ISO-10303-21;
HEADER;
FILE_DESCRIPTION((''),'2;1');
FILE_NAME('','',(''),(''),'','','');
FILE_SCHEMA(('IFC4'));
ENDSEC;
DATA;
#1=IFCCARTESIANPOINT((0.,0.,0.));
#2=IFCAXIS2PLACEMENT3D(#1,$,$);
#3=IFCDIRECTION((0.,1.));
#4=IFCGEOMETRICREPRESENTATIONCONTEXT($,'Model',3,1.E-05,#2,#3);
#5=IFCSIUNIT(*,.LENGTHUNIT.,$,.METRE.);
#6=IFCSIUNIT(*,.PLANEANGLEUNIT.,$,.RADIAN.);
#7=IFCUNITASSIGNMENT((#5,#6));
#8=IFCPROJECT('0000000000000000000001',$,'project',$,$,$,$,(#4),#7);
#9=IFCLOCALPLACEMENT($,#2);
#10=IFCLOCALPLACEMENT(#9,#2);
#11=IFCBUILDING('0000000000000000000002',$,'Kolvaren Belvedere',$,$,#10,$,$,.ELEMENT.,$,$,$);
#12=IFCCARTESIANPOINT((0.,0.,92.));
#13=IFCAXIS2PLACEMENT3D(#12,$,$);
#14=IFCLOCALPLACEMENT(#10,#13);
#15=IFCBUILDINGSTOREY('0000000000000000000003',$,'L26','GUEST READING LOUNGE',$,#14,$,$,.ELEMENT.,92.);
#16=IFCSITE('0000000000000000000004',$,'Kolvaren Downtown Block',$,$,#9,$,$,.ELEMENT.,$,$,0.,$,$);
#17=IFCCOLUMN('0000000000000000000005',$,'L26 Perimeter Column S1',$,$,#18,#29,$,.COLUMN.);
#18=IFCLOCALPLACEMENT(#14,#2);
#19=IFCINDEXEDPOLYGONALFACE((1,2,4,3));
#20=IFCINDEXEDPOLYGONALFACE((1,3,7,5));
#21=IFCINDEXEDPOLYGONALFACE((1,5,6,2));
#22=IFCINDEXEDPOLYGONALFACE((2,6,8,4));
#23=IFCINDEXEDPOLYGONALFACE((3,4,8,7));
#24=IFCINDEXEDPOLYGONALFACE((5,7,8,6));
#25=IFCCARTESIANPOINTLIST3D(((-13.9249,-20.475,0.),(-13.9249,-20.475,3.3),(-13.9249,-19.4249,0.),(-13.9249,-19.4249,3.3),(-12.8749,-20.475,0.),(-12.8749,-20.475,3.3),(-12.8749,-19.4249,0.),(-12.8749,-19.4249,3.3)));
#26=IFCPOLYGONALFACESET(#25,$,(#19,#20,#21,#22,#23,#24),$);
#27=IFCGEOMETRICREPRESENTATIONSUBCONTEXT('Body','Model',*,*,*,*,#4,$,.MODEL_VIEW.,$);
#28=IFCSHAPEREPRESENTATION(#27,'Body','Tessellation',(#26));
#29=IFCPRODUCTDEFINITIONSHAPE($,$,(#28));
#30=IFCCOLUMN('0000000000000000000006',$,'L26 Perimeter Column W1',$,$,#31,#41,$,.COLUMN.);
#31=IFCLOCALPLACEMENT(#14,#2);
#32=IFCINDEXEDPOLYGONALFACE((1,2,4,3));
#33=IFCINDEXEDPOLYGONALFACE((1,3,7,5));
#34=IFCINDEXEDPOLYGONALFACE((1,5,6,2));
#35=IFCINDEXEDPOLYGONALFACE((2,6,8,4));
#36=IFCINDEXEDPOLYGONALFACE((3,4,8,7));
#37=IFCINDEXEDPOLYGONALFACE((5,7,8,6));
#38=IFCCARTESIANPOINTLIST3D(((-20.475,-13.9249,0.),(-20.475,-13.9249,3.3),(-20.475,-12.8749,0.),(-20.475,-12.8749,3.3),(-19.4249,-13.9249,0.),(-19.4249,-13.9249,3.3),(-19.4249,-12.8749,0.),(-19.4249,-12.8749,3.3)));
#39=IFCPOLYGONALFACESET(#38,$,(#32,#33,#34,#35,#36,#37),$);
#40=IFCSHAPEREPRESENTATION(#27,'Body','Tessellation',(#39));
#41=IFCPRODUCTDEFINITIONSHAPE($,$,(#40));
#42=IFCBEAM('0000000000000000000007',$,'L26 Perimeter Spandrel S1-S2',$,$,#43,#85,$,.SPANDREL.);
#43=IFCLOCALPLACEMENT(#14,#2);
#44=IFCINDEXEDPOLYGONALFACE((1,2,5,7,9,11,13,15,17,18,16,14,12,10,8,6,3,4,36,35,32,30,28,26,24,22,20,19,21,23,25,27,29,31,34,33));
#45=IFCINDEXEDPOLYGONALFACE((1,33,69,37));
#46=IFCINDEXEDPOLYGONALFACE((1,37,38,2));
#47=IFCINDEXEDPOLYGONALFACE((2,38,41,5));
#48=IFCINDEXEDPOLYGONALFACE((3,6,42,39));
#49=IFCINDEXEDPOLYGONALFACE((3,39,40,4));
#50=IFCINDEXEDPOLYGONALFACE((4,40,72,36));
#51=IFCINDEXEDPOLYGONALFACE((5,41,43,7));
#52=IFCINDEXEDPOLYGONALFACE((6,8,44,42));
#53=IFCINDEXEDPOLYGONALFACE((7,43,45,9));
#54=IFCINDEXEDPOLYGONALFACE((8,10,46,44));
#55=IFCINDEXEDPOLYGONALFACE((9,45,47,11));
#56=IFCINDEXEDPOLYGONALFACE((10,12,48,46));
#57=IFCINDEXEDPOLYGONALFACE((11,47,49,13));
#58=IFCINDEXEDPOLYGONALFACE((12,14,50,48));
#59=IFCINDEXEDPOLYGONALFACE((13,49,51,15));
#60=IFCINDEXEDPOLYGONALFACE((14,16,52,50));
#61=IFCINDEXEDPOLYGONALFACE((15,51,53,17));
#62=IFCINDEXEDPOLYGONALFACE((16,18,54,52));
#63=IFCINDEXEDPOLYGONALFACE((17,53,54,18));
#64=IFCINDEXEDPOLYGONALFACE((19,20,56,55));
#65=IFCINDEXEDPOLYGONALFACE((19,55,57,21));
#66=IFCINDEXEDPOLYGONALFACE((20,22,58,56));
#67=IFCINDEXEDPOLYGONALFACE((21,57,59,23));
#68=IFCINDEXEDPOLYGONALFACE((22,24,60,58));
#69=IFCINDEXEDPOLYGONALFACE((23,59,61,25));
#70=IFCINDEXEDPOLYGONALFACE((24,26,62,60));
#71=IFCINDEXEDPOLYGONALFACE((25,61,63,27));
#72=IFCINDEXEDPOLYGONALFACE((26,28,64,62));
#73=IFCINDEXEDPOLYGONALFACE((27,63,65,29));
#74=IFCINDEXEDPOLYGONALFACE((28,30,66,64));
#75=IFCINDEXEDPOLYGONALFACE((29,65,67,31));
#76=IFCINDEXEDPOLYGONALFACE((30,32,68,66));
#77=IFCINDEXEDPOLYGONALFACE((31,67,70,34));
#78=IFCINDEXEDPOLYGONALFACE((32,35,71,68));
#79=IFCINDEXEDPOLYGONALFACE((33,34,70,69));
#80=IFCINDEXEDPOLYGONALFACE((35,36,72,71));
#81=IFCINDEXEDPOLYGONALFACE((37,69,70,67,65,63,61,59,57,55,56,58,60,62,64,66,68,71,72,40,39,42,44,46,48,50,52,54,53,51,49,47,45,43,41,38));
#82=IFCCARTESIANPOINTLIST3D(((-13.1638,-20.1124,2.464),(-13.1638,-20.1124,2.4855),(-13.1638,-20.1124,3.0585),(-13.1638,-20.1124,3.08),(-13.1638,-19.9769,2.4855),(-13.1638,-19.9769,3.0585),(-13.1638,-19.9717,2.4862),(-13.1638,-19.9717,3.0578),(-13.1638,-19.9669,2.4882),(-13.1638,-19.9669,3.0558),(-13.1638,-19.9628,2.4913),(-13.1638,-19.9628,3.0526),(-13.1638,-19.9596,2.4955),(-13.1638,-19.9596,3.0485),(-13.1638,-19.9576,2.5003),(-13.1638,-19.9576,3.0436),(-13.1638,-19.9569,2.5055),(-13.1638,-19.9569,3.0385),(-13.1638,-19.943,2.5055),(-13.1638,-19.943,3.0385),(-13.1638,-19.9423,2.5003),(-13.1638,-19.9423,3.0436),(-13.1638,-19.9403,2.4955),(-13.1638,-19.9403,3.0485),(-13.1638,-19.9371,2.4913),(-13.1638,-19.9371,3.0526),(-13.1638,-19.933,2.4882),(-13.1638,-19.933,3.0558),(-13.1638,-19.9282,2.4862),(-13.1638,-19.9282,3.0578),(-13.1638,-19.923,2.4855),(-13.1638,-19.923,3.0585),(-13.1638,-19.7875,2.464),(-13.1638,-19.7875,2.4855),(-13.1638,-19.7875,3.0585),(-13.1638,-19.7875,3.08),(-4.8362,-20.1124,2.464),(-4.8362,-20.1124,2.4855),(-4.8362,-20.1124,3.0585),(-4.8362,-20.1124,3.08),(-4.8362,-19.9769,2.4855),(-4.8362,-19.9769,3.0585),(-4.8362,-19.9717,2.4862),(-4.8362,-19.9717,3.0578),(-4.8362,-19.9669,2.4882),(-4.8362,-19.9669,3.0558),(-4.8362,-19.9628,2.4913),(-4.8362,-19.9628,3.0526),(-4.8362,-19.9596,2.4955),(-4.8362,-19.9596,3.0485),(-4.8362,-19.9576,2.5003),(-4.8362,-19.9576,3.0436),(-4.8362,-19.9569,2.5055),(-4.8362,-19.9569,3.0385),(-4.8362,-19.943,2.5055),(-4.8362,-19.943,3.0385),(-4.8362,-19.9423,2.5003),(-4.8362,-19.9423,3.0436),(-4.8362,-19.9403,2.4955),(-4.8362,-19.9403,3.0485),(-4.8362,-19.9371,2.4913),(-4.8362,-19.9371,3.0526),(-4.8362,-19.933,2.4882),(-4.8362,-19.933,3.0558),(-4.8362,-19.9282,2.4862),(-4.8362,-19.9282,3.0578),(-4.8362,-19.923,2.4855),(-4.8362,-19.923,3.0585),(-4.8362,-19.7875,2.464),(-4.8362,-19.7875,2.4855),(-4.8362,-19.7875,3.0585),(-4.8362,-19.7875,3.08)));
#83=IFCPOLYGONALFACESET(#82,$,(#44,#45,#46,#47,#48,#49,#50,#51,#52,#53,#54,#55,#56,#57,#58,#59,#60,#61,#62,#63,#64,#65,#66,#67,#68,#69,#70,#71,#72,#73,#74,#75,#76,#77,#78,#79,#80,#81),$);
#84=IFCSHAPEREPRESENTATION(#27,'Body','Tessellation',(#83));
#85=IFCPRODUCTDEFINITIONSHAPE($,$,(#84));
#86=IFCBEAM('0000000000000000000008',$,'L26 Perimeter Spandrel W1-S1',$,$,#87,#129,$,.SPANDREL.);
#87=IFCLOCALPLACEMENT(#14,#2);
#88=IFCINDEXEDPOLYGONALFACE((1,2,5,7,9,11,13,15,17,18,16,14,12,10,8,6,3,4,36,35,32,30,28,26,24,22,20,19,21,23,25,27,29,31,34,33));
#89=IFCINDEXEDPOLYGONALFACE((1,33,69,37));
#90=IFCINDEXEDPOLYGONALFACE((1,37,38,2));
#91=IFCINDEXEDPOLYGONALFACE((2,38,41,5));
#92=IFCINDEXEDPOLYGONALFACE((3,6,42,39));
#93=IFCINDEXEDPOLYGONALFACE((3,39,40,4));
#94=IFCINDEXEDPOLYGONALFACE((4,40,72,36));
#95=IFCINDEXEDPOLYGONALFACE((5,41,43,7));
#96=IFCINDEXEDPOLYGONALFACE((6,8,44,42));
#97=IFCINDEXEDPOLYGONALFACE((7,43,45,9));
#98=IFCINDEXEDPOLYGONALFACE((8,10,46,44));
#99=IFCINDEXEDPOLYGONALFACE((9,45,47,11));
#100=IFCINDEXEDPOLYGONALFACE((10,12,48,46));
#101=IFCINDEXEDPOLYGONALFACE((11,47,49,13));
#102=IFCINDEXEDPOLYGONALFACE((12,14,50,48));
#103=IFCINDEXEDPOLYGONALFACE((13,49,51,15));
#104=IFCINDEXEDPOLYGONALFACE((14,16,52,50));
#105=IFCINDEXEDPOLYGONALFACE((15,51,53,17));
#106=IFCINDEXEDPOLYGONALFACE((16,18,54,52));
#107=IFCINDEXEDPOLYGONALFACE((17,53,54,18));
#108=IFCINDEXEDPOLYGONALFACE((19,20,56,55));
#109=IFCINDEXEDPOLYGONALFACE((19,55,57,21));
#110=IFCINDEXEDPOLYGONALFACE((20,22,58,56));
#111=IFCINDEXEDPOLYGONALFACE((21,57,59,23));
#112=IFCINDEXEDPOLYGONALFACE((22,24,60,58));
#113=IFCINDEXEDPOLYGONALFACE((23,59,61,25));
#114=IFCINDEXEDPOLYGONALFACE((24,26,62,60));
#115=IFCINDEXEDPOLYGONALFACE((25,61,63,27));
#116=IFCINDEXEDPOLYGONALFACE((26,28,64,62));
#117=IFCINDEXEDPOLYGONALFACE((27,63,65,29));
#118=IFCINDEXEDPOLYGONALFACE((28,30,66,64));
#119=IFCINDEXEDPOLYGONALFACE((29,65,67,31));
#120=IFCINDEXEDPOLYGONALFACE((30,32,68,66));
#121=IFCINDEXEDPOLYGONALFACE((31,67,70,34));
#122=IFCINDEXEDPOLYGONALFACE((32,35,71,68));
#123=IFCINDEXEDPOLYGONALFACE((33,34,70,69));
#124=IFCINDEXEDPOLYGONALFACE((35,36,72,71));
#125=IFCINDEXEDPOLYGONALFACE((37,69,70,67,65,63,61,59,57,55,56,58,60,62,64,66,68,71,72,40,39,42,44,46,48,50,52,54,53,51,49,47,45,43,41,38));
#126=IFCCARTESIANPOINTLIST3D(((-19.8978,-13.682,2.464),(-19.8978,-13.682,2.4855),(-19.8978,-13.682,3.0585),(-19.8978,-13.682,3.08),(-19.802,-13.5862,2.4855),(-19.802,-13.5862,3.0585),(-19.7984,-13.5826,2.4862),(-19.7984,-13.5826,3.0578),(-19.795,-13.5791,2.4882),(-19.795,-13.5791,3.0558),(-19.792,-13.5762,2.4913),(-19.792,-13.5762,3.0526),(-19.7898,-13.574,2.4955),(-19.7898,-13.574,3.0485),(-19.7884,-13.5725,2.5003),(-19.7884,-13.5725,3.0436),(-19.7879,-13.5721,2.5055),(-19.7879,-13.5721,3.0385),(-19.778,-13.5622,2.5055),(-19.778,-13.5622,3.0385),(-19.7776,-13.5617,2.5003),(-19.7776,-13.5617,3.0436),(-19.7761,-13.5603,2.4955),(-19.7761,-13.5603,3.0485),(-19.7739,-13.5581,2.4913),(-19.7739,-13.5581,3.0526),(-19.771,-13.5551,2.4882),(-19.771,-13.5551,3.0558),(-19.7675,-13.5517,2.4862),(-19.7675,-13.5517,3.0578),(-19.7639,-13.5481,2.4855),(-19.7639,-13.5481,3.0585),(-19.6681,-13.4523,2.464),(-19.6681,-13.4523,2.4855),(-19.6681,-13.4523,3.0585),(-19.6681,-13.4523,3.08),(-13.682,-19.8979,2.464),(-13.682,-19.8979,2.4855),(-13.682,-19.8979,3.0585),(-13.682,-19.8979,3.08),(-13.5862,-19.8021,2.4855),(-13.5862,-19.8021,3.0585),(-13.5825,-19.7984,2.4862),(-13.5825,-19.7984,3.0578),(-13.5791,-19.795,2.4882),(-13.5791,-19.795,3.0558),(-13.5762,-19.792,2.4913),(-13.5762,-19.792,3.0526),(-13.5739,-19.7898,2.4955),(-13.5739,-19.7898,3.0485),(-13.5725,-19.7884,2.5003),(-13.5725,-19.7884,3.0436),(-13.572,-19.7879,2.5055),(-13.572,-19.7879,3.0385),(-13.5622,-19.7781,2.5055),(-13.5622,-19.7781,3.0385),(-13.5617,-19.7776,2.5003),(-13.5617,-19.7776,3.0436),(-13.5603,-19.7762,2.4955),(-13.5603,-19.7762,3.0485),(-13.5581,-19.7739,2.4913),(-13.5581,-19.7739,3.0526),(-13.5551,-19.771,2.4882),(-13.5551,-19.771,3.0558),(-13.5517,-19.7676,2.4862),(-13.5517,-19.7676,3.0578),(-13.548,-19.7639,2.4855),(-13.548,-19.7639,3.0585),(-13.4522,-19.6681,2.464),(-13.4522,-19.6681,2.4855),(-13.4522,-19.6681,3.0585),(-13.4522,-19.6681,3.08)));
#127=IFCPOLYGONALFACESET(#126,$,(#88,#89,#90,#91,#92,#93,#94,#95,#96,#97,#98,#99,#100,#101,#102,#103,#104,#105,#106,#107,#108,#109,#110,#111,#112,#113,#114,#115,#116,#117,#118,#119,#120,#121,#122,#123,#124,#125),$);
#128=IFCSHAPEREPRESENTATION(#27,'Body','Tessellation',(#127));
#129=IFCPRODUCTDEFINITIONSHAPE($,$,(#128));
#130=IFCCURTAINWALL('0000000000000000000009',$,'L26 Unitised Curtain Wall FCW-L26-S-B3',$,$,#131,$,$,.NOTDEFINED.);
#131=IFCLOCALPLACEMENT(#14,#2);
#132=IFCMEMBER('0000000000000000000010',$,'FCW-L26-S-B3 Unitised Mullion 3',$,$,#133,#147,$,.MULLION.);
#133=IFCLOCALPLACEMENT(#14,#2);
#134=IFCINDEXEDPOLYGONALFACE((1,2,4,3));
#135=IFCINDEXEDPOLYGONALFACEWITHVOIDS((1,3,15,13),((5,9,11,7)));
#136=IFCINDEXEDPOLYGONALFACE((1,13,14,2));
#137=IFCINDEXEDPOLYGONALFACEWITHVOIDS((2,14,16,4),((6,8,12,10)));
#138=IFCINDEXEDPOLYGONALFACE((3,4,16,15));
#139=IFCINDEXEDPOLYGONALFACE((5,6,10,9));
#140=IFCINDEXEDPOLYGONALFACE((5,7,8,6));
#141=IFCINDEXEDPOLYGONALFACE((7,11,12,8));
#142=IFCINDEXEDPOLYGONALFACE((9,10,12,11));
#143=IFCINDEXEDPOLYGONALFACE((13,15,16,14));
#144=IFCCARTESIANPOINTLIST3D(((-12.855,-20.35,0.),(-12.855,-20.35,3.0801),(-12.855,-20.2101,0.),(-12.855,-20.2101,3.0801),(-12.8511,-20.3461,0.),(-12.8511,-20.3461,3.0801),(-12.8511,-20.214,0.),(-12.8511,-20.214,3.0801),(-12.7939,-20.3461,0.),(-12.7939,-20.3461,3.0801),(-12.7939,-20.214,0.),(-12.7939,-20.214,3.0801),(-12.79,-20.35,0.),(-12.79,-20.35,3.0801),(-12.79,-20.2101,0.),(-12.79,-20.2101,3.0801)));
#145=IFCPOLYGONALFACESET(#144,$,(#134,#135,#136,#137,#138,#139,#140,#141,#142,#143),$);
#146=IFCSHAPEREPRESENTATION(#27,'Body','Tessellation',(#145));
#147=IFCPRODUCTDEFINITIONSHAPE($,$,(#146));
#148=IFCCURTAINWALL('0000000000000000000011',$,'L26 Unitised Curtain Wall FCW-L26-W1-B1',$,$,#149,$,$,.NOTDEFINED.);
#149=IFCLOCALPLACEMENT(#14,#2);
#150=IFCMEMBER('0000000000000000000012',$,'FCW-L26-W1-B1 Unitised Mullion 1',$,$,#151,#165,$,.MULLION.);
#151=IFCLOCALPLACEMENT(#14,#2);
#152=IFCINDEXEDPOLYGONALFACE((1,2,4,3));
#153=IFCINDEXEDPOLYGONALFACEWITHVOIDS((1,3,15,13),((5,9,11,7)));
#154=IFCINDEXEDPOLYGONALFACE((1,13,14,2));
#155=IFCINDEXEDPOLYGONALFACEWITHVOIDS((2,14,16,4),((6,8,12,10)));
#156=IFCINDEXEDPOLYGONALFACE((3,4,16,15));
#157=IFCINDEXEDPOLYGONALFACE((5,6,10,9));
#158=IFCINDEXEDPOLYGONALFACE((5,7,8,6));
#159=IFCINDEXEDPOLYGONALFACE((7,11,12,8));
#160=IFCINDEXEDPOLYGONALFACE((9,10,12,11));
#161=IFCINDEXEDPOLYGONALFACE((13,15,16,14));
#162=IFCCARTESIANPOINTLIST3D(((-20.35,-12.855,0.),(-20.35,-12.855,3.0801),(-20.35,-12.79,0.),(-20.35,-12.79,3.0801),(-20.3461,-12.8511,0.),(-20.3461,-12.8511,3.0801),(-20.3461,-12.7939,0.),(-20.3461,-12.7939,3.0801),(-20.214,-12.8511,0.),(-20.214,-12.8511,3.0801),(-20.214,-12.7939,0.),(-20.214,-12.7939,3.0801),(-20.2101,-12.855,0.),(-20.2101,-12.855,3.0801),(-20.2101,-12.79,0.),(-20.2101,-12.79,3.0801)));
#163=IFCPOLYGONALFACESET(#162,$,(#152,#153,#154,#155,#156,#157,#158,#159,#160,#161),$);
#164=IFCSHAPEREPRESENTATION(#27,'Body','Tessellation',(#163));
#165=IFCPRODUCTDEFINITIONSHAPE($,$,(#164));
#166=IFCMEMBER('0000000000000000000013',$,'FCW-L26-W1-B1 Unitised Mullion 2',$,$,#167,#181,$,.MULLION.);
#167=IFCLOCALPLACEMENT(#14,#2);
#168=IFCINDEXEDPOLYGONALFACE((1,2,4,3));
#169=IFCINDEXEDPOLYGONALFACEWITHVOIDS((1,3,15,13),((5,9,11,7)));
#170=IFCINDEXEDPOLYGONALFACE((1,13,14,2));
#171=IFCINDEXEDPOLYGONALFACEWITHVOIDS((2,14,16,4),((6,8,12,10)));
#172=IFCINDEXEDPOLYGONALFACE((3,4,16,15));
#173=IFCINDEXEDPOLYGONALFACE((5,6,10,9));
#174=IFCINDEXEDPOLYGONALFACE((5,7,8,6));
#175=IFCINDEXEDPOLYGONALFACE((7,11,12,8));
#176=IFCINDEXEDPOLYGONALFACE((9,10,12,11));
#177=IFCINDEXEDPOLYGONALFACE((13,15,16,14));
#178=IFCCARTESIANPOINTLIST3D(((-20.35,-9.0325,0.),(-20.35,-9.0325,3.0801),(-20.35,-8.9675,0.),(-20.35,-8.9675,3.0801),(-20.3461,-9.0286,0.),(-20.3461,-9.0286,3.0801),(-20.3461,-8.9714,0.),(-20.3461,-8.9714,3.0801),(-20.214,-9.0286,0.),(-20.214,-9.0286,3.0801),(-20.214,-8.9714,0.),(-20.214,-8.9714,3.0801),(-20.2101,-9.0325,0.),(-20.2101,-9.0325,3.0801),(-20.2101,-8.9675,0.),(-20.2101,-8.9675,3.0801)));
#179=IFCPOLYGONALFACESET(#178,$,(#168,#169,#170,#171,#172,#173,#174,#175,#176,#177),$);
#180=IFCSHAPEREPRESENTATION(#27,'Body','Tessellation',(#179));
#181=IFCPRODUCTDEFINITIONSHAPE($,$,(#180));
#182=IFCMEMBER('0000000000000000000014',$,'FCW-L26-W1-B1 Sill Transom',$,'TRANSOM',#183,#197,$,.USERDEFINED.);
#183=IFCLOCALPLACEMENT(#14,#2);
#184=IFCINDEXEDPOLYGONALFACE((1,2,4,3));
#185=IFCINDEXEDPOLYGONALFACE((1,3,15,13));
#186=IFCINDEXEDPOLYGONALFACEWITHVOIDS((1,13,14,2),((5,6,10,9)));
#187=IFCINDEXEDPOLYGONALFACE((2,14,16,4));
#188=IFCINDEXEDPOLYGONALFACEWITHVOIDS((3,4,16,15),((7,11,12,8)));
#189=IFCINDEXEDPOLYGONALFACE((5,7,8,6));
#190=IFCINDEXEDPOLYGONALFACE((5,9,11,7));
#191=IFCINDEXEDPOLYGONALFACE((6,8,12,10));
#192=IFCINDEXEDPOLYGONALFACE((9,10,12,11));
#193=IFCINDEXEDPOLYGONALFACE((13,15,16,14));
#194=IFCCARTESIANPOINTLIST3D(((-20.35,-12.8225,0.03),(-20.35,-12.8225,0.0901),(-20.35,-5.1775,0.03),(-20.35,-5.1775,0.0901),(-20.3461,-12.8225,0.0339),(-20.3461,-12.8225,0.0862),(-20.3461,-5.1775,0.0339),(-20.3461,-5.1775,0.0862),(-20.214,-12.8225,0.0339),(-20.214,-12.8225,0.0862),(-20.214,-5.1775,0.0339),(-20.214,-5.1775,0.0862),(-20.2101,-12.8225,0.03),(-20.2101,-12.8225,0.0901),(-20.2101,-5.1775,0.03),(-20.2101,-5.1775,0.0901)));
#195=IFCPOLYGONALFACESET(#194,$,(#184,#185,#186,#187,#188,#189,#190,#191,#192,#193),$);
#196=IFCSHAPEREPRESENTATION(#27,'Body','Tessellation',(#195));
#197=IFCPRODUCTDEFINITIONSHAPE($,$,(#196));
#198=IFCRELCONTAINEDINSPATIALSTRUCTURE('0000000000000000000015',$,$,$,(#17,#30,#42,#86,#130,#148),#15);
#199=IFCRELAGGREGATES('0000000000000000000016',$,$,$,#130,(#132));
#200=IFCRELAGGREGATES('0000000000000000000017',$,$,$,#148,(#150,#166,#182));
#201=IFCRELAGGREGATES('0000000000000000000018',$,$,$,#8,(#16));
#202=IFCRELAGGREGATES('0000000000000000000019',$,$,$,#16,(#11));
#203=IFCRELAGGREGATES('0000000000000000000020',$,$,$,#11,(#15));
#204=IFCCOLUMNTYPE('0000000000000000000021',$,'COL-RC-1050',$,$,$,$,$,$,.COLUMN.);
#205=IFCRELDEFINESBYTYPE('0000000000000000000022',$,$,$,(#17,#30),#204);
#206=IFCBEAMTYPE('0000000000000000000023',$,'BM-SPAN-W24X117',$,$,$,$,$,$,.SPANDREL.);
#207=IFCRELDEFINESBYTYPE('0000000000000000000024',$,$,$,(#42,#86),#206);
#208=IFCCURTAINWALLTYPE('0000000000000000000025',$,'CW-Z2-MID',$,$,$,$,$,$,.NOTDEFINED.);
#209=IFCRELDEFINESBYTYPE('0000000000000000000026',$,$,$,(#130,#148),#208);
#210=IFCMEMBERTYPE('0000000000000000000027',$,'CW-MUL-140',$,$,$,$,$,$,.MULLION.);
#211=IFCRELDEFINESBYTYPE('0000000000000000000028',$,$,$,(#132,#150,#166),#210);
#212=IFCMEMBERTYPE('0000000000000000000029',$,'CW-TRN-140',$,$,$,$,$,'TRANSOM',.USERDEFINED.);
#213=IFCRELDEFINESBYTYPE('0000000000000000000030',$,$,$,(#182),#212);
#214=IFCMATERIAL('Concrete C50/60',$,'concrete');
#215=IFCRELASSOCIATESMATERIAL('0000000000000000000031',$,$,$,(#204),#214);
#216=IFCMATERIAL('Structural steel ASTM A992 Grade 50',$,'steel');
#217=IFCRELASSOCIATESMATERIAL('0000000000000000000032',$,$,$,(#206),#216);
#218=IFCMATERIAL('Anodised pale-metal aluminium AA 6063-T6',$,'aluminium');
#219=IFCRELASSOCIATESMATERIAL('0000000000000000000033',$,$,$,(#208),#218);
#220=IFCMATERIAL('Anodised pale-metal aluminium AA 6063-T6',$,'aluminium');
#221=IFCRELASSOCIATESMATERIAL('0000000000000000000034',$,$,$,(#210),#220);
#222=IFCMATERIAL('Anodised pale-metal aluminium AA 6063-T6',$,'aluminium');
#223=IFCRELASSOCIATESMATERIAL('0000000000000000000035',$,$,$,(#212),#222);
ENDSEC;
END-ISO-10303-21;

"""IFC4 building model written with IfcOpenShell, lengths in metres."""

from ifc_helpers import new_model, si_unit, direction, frame, origin, origin_2d, place, context, subcontext, project, spatial, rectangle, hollow_rectangle, i_section, extrude, material, material_profile, profile_set, type_object, element, aggregate, save


model = new_model("IFC4")

# Units and contexts
model_context = context("Model", 3, precision=1e-05, world=origin(), true_north=direction((0.0, 1.0)))
body_context = subcontext(model_context, "Body", "Model", "MODEL_VIEW")
ifc_project = project(units=[si_unit("LENGTHUNIT", "METRE"), si_unit("PLANEANGLEUNIT", "RADIAN")], contexts=[model_context])

# Site, building, storey
site_placement = place(None, origin())
site = spatial("IfcSite", under=ifc_project, at=site_placement, Name="Kolvaren Downtown Block", CompositionType="ELEMENT", RefElevation=0.0)
building_placement = place(site_placement, origin())
building = spatial("IfcBuilding", under=site, at=building_placement, Name="Kolvaren Belvedere", CompositionType="ELEMENT")
storey_placement = place(building_placement, frame((0.0, 0.0, 92.0)))
storey = spatial("IfcBuildingStorey", under=building, at=storey_placement, Name="L26", Description="GUEST READING LOUNGE", CompositionType="ELEMENT", Elevation=92.0)

# Columns
ifc_material_1 = material(Name="Concrete C50/60", Category="concrete")
ifc_material_profile_1 = material_profile(ifc_material_1, rectangle(XDim=1.05, YDim=1.05, at=origin_2d()), Name="RC 1050X1050")
ifc_profile_set_1 = profile_set([ifc_material_profile_1], Name="Concrete C50/60")
column_type = type_object("IfcColumnType", Name="COL-RC-1050", PredefinedType="COLUMN", material=ifc_profile_set_1)
for number, where, z_axis, x_axis, name in (
    (1, (-13.3999, -19.95, 0.0), (0.0, 0.0, 1.0), (1.0, 0.0, 0.0), "L26 Perimeter Column S1"),
    (2, (-19.95, -13.3999, 0.0), (0.0, 0.0, 1.0), (1.0, 0.0, 0.0), "L26 Perimeter Column W1"),
):
    element("IfcColumn", number, at=place(storey_placement, frame(where, z_axis=z_axis, x_axis=x_axis)), inside=storey, type_object=column_type, Name=name, PredefinedType="COLUMN", context=body_context, shape_type="SweptSolid", body=[
        extrude(rectangle(XDim=1.05, YDim=1.05, at=origin_2d()), origin(), (0.0, 0.0, 1.0), 3.3),
    ])

# Beams
ifc_material_2 = material(Name="Structural steel ASTM A992 Grade 50", Category="steel")
ifc_material_profile_2 = material_profile(ifc_material_2, i_section(OverallWidth=0.325, OverallDepth=0.616, WebThickness=0.0139, FlangeThickness=0.0215, FilletRadius=0.02, at=origin_2d()), Name="W24X117")
ifc_profile_set_2 = profile_set([ifc_material_profile_2], Name="Structural steel ASTM A992 Grade 50")
beam_type = type_object("IfcBeamType", Name="BM-SPAN-W24X117", PredefinedType="SPANDREL", material=ifc_profile_set_2)
beam_1_placement = place(storey_placement, frame((-13.1638, -19.95, 2.772), z_axis=(1.0, 0.0, 0.0), x_axis=(0.0, 1.0, 0.0)))
element("IfcBeam", 3, at=beam_1_placement, inside=storey, type_object=beam_type, Name="L26 Perimeter Spandrel S1-S2", PredefinedType="SPANDREL", context=body_context, shape_type="SweptSolid", body=[
    extrude(i_section(OverallWidth=0.325, OverallDepth=0.616, WebThickness=0.0139, FlangeThickness=0.0215, FilletRadius=0.02, at=origin_2d()), origin(), (0.0, 0.0, 1.0), 8.3276),
])
beam_2_placement = place(storey_placement, frame((-19.783, -13.5671, 2.772), z_axis=(0.707107, -0.707107, 0.0), x_axis=(0.707107, 0.707107, 0.0)))
element("IfcBeam", 4, at=beam_2_placement, inside=storey, type_object=beam_type, Name="L26 Perimeter Spandrel W1-S1", PredefinedType="SPANDREL", context=body_context, shape_type="SweptSolid", body=[
    extrude(i_section(OverallWidth=0.325, OverallDepth=0.616, WebThickness=0.0139, FlangeThickness=0.0215, FilletRadius=0.02, at=origin_2d()), origin(), (0.0, 0.0, 1.0), 8.7905),
])

# Curtain wall, member
ifc_material_3 = material(Name="Anodised pale-metal aluminium AA 6063-T6", Category="aluminium")
curtain_wall_type = type_object("IfcCurtainWallType", Name="CW-Z2-MID", PredefinedType="NOTDEFINED", material=ifc_material_3)
curtain_wall_1_placement = place(storey_placement, origin())
curtain_wall_1 = element("IfcCurtainWall", 5, at=curtain_wall_1_placement, inside=storey, type_object=curtain_wall_type, Name="L26 Unitised Curtain Wall FCW-L26-S-B3", PredefinedType="NOTDEFINED")
ifc_material_4 = material(Name="Anodised pale-metal aluminium AA 6063-T6", Category="aluminium")
ifc_material_profile_3 = material_profile(ifc_material_4, hollow_rectangle(XDim=0.0649, YDim=0.1399, WallThickness=0.0039, at=origin_2d()), Name="ALU-MUL-140X65")
ifc_profile_set_3 = profile_set([ifc_material_profile_3], Name="Anodised pale-metal aluminium AA 6063-T6")
member_type_1 = type_object("IfcMemberType", Name="CW-MUL-140", PredefinedType="MULLION", material=ifc_profile_set_3)
member_1_placement = place(storey_placement, frame((-12.8225, -20.28, 0.0), z_axis=(0.0, 0.0, 1.0), x_axis=(1.0, 0.0, 0.0)))
member_1 = element("IfcMember", 6, at=member_1_placement, type_object=member_type_1, Name="FCW-L26-S-B3 Unitised Mullion 3", PredefinedType="MULLION", context=body_context, shape_type="SweptSolid", body=[
    extrude(hollow_rectangle(XDim=0.0649, YDim=0.1399, WallThickness=0.0039, at=origin_2d()), origin(), (0.0, 0.0, 1.0), 3.0801),
])
aggregate(curtain_wall_1, [member_1])

# Curtain wall, members
curtain_wall_2_placement = place(storey_placement, origin())
curtain_wall_2 = element("IfcCurtainWall", 7, at=curtain_wall_2_placement, inside=storey, type_object=curtain_wall_type, Name="L26 Unitised Curtain Wall FCW-L26-W1-B1", PredefinedType="NOTDEFINED")
member_2_placement = place(storey_placement, frame((-20.28, -12.8225, 0.0), z_axis=(0.0, 0.0, 1.0), x_axis=(0.0, 1.0, 0.0)))
member_2 = element("IfcMember", 8, at=member_2_placement, type_object=member_type_1, Name="FCW-L26-W1-B1 Unitised Mullion 1", PredefinedType="MULLION", context=body_context, shape_type="SweptSolid", body=[
    extrude(hollow_rectangle(XDim=0.0649, YDim=0.1399, WallThickness=0.0039, at=origin_2d()), origin(), (0.0, 0.0, 1.0), 3.0801),
])
member_3_placement = place(storey_placement, frame((-20.28, -9.0, 0.0), z_axis=(0.0, 0.0, 1.0), x_axis=(0.0, 1.0, 0.0)))
member_3 = element("IfcMember", 9, at=member_3_placement, type_object=member_type_1, Name="FCW-L26-W1-B1 Unitised Mullion 2", PredefinedType="MULLION", context=body_context, shape_type="SweptSolid", body=[
    extrude(hollow_rectangle(XDim=0.0649, YDim=0.1399, WallThickness=0.0039, at=origin_2d()), origin(), (0.0, 0.0, 1.0), 3.0801),
])
ifc_material_5 = material(Name="Anodised pale-metal aluminium AA 6063-T6", Category="aluminium")
ifc_material_profile_4 = material_profile(ifc_material_5, hollow_rectangle(XDim=0.0601, YDim=0.1399, WallThickness=0.0039, at=origin_2d()), Name="ALU-TRN-140X60")
ifc_profile_set_4 = profile_set([ifc_material_profile_4], Name="Anodised pale-metal aluminium AA 6063-T6")
member_type_2 = type_object("IfcMemberType", Name="CW-TRN-140", ElementType="TRANSOM", PredefinedType="USERDEFINED", material=ifc_profile_set_4)
member_4_placement = place(storey_placement, frame((-20.28, -12.8225, 0.0601), z_axis=(0.0, 1.0, 0.0), x_axis=(0.0, 0.0, 1.0)))
member_4 = element("IfcMember", 10, at=member_4_placement, type_object=member_type_2, Name="FCW-L26-W1-B1 Sill Transom", ObjectType="TRANSOM", PredefinedType="USERDEFINED", context=body_context, shape_type="SweptSolid", body=[
    extrude(hollow_rectangle(XDim=0.0601, YDim=0.1399, WallThickness=0.0039, at=origin_2d()), origin(), (0.0, 0.0, 1.0), 7.645),
])
aggregate(curtain_wall_2, [member_2, member_3, member_4])

save(model, "model.ifc")
